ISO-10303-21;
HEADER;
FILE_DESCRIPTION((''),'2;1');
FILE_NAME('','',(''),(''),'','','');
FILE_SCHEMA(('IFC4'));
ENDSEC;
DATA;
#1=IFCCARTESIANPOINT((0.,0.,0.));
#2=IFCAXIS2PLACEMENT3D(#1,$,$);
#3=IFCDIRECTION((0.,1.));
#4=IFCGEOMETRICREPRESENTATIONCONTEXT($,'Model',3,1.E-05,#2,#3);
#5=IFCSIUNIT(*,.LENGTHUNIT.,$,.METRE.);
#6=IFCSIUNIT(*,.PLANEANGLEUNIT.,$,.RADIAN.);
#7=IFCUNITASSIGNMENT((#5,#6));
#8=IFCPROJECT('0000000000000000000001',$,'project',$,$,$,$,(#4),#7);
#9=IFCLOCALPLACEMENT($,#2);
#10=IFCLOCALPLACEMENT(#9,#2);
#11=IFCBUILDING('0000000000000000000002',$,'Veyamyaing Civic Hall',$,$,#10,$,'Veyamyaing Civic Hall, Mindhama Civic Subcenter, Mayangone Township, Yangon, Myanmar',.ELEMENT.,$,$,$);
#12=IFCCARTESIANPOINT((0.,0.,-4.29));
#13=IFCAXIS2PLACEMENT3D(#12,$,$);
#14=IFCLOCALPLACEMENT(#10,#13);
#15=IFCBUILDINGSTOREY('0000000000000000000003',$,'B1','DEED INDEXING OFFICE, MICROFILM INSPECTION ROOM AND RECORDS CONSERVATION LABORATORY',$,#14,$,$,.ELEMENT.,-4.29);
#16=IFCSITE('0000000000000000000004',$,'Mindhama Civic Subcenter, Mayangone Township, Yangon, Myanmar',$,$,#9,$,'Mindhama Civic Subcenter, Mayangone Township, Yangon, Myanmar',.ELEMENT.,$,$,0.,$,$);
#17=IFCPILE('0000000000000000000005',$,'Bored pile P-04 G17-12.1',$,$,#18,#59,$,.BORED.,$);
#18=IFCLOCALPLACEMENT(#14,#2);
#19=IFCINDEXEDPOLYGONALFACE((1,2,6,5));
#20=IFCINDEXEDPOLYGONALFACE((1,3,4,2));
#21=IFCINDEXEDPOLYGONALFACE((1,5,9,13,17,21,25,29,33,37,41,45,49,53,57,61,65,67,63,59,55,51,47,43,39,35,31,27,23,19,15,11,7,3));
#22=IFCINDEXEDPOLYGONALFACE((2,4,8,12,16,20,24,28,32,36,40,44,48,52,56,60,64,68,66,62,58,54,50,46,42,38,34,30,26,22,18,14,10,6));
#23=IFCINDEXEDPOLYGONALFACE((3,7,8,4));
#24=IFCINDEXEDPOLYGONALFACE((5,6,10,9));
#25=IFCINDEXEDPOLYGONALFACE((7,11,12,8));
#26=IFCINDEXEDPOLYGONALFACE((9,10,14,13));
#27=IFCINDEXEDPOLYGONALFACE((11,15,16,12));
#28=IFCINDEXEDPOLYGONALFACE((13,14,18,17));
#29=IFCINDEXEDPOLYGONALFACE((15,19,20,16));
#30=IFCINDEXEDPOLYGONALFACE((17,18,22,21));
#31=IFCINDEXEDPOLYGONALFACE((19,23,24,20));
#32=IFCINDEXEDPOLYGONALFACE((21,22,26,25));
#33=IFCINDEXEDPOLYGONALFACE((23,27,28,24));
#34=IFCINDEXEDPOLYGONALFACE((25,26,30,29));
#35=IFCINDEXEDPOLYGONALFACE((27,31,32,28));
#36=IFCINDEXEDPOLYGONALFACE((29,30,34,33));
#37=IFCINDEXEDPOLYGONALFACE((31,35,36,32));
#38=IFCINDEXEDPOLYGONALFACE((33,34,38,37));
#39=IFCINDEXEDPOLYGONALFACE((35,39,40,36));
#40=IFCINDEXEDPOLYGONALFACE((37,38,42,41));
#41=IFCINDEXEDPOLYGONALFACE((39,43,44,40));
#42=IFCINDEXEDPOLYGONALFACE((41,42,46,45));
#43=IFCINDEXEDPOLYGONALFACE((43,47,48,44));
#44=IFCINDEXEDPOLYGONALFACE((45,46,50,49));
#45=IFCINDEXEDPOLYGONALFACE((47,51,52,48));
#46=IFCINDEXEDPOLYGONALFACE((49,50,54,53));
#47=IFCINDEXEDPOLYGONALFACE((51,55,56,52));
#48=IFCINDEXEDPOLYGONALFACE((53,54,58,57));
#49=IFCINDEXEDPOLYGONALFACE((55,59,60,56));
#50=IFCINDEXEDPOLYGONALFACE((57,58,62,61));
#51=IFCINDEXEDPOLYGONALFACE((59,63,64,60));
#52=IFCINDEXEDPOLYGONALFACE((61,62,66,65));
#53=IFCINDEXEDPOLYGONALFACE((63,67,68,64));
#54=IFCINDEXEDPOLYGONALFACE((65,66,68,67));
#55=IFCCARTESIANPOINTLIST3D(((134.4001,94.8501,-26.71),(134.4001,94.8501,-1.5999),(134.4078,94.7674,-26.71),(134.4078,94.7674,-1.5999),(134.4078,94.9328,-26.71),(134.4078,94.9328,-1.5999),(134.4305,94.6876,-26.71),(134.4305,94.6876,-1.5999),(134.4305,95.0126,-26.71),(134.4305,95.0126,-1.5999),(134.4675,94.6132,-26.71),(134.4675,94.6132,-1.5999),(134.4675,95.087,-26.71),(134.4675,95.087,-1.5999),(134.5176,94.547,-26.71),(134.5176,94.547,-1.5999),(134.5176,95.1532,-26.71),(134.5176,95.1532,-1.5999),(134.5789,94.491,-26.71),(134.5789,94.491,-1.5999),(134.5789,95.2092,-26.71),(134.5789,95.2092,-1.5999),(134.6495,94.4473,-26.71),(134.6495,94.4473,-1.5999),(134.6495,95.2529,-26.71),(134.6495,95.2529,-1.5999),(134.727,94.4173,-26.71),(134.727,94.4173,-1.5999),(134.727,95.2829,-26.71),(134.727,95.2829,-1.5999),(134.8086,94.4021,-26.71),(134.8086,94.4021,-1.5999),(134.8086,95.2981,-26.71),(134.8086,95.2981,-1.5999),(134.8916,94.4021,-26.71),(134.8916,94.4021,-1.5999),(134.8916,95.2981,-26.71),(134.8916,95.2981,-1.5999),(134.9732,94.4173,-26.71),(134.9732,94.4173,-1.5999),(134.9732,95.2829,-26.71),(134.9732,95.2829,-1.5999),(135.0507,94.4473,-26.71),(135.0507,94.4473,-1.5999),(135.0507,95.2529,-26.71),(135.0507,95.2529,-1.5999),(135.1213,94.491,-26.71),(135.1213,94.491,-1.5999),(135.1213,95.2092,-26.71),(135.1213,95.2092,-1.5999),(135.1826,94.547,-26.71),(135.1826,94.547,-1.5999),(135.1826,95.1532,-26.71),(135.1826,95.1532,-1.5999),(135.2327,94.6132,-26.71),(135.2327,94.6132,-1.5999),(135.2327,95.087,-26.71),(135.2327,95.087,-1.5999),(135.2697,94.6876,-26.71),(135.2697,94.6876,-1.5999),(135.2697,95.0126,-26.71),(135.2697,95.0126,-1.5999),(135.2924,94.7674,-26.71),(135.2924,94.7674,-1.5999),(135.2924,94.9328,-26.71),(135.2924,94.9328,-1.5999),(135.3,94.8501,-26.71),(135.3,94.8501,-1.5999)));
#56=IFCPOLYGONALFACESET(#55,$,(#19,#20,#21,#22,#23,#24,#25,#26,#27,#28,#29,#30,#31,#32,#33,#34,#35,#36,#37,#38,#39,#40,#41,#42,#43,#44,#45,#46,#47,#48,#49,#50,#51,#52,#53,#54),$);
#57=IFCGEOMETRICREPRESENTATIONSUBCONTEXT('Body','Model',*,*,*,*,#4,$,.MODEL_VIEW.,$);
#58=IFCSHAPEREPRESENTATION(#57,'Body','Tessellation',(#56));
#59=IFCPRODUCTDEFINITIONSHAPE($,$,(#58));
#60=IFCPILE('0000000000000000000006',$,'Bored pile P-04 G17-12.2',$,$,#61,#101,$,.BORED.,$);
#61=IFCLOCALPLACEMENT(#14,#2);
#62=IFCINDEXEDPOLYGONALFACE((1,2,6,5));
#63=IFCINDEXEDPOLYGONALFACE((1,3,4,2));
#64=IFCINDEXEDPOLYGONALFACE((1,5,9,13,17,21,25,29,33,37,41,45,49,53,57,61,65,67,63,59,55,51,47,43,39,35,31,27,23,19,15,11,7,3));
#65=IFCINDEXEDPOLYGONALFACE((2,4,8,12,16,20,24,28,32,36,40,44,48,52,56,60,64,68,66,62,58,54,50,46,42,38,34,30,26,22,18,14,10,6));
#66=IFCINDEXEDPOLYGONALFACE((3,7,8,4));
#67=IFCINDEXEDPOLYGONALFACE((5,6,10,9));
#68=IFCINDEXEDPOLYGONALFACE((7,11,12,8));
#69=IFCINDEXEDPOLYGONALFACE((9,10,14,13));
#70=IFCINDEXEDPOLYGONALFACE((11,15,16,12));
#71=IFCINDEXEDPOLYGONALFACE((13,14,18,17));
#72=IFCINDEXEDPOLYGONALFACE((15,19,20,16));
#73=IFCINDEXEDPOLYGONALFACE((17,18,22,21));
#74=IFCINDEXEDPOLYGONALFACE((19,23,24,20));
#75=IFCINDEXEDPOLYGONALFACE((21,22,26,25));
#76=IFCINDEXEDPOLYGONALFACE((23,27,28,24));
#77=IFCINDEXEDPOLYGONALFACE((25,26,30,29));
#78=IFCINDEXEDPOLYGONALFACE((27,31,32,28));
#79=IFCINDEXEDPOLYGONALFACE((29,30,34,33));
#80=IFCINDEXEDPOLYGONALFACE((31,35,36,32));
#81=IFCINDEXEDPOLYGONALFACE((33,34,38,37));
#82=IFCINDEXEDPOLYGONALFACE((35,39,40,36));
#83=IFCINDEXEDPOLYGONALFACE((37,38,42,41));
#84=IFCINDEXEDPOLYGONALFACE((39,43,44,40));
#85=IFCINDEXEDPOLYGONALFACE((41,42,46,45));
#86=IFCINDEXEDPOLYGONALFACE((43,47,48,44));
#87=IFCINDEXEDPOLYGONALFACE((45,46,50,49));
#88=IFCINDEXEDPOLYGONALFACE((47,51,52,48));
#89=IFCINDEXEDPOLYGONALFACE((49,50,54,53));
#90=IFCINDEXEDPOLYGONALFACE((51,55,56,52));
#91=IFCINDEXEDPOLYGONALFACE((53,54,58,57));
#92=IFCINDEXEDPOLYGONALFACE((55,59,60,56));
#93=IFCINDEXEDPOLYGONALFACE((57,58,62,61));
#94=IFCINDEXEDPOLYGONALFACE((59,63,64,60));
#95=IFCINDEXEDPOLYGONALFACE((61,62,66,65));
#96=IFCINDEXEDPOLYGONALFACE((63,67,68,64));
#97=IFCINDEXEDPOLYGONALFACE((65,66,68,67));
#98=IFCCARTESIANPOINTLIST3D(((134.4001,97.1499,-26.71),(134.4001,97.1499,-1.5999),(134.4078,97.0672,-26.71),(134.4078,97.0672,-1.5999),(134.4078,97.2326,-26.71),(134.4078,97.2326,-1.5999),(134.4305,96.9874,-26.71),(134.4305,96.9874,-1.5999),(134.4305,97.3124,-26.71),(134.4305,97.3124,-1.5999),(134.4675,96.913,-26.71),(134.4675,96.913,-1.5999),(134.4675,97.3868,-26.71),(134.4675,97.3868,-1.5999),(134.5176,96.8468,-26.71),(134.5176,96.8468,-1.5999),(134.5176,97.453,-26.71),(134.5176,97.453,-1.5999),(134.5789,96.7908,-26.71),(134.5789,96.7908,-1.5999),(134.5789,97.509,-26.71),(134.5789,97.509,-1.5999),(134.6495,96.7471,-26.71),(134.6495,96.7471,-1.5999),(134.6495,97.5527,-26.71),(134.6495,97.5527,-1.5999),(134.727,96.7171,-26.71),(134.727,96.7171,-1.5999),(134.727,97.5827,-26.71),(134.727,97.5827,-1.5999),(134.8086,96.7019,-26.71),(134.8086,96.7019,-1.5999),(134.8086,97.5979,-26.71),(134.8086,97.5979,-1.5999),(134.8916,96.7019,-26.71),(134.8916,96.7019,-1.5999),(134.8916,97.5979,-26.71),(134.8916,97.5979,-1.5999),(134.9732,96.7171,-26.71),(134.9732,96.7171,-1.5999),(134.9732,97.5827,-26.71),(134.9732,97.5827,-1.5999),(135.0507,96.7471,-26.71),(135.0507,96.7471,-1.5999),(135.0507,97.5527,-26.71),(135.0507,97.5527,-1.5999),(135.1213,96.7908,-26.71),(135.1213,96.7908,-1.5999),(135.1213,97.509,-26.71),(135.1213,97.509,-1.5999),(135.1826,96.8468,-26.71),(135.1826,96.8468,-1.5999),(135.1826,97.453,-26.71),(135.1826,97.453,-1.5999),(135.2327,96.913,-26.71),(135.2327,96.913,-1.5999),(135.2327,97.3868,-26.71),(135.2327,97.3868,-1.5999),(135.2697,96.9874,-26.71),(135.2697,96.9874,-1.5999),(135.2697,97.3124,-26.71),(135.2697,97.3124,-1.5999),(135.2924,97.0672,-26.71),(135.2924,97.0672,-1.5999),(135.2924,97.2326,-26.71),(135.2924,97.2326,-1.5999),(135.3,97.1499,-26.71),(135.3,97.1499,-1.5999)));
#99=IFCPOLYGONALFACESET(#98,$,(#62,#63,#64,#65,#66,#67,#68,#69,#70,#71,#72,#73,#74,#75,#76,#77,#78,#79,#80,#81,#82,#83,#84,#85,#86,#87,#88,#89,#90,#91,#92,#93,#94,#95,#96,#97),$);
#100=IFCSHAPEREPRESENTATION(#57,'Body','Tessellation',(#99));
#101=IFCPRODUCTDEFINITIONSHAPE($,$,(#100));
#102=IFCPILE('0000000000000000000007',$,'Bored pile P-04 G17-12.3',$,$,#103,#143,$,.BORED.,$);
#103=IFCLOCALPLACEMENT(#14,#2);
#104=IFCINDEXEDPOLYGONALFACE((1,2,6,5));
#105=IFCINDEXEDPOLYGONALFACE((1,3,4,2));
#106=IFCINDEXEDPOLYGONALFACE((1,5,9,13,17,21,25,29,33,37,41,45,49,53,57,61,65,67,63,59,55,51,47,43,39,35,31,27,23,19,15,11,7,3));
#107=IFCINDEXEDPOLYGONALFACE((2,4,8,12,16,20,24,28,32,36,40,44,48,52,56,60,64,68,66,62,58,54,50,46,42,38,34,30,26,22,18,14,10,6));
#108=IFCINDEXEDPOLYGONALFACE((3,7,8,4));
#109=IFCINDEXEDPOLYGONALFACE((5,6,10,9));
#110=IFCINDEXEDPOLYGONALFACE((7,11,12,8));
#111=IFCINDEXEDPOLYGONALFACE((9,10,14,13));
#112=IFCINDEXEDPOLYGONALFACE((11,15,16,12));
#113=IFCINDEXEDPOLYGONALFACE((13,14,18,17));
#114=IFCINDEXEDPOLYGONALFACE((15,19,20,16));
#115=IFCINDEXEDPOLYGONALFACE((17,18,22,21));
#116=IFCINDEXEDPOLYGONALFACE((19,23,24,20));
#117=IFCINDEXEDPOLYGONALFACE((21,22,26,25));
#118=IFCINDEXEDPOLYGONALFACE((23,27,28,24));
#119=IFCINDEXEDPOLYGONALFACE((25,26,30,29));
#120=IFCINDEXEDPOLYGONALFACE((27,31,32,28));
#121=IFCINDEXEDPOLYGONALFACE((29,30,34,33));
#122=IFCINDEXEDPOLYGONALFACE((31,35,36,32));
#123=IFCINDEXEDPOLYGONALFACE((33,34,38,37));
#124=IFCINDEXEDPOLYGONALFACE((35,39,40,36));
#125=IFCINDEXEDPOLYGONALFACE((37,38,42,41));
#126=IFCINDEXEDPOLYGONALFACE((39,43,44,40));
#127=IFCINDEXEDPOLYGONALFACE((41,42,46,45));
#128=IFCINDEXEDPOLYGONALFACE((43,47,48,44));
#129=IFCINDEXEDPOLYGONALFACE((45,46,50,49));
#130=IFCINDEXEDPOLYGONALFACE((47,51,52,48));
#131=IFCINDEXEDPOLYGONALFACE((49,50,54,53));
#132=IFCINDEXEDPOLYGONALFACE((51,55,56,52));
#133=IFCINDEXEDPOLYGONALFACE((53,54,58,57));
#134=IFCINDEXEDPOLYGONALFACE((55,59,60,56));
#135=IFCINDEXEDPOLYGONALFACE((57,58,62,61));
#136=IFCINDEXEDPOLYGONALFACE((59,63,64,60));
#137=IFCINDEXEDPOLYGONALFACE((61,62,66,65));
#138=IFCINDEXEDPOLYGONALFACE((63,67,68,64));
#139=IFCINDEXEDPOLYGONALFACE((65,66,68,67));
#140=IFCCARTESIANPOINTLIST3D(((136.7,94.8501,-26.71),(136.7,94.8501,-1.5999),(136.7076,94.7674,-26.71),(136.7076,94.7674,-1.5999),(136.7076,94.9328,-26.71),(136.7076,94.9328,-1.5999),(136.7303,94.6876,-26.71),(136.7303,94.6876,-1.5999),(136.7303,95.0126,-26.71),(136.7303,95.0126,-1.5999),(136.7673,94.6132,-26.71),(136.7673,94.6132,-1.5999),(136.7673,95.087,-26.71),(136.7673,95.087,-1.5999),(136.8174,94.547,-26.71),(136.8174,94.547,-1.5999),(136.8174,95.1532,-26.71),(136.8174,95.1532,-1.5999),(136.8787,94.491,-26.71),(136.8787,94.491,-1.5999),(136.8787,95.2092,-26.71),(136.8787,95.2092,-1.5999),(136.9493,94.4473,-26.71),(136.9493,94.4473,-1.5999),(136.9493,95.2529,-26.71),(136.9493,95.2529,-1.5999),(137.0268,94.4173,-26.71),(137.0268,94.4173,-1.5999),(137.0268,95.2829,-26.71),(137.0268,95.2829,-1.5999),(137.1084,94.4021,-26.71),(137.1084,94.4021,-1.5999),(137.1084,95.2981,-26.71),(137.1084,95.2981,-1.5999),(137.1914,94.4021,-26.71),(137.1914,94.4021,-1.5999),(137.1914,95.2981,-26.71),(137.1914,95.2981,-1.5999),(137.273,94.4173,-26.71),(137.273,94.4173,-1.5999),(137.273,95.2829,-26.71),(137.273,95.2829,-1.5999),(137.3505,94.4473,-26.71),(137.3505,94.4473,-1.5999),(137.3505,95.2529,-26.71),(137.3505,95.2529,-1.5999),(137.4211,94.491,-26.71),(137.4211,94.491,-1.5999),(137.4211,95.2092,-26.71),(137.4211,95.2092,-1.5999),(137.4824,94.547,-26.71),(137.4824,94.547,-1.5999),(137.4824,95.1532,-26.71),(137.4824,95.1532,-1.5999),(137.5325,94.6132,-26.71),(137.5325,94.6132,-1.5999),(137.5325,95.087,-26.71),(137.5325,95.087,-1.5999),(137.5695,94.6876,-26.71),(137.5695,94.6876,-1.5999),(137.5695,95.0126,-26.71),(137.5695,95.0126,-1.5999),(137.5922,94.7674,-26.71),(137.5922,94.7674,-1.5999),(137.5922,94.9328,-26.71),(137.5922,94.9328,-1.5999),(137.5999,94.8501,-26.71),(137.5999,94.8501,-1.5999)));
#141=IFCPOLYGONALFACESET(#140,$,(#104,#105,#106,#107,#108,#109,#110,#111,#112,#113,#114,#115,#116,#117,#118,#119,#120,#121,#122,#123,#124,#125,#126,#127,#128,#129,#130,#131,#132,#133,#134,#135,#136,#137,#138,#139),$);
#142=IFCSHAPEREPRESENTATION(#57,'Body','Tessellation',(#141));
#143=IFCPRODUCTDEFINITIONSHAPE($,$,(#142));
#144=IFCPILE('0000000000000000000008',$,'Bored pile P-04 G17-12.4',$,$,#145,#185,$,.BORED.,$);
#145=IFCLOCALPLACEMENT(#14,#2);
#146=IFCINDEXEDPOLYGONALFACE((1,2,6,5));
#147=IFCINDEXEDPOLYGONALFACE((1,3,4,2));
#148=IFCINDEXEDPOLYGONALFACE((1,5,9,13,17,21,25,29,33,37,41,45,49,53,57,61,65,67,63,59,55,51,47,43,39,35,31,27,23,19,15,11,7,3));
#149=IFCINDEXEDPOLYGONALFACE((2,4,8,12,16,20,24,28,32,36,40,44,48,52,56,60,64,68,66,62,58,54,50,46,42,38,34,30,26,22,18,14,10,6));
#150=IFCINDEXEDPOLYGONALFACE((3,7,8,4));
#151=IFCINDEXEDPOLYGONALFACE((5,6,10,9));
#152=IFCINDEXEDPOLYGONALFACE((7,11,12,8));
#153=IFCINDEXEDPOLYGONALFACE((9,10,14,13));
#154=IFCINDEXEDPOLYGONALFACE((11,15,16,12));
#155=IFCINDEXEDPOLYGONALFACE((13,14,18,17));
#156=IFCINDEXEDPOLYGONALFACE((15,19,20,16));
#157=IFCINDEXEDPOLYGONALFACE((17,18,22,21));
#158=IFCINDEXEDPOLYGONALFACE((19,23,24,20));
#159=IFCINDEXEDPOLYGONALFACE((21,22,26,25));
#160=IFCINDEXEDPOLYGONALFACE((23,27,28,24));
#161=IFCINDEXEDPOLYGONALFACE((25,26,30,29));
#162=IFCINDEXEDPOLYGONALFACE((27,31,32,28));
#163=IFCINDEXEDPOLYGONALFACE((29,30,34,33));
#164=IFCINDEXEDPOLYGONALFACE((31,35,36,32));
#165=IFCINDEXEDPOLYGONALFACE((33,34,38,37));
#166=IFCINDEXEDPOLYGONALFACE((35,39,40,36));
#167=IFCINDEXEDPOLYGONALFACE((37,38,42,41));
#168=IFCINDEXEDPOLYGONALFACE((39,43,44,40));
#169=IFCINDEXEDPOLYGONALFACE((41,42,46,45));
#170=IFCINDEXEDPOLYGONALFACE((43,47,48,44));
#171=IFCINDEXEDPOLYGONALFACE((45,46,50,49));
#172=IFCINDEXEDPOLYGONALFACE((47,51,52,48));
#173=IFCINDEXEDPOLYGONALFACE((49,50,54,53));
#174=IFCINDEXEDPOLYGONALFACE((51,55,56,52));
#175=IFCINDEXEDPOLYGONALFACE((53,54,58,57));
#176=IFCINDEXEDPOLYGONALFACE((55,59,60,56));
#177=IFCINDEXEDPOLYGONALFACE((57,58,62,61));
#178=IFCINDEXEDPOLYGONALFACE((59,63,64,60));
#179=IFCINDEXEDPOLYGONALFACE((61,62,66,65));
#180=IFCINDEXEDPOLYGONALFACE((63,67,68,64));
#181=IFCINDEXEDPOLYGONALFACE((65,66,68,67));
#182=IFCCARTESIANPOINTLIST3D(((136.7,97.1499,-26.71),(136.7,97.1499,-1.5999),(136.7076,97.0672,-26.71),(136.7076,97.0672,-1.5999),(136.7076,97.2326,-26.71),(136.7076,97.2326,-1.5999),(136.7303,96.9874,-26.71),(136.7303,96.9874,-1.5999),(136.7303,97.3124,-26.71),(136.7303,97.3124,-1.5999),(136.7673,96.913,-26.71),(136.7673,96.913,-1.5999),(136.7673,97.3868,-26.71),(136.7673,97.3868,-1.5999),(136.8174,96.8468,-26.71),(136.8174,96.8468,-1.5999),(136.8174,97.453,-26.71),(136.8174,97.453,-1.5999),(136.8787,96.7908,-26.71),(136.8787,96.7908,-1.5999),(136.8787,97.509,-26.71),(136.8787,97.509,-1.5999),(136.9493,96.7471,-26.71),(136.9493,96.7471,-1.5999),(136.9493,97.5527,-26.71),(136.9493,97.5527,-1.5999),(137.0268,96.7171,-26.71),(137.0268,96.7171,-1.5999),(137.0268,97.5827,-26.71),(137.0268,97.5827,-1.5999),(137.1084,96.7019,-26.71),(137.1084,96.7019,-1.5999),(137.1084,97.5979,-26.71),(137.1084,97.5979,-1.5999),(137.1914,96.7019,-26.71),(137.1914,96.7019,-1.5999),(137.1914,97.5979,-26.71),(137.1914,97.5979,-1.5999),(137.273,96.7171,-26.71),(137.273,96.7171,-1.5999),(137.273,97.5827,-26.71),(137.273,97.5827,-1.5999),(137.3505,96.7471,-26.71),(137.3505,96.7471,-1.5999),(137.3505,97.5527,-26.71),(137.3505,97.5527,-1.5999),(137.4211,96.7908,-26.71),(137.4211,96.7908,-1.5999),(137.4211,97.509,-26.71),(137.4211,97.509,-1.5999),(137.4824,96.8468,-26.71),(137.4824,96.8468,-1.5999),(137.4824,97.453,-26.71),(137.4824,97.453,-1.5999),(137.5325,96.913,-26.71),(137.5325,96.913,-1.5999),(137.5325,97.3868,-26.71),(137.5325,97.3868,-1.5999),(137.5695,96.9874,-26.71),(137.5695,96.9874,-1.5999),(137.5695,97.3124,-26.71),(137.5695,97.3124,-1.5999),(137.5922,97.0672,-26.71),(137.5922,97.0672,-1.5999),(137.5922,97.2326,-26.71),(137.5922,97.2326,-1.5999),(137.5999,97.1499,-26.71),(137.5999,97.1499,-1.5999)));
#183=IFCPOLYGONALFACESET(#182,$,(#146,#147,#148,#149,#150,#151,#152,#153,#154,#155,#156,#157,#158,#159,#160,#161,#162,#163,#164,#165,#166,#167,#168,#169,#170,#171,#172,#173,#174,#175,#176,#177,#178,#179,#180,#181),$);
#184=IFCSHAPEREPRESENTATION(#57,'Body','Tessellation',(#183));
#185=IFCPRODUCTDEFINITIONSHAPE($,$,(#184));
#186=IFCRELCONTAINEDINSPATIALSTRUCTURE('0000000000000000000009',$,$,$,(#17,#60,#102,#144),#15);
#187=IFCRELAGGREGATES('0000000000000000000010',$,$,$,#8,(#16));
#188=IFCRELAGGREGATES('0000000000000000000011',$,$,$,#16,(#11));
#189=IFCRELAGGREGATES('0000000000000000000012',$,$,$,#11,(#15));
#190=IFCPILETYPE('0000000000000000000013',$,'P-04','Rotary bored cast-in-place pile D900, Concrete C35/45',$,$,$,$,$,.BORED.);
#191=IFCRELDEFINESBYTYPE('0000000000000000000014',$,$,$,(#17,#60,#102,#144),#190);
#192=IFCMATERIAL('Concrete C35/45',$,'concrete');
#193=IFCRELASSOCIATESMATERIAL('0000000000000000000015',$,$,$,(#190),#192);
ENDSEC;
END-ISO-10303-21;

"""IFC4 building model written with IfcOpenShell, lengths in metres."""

from ifc_helpers import new_model, si_unit, direction, frame, origin, origin_2d, place, context, subcontext, project, spatial, circle, extrude, material, material_profile, profile_set, type_object, element, save


model = new_model("IFC4")

# Units and contexts
model_context = context("Model", 3, precision=1e-05, world=origin(), true_north=direction((0.0, 1.0)))
body_context = subcontext(model_context, "Body", "Model", "MODEL_VIEW")
ifc_project = project(units=[si_unit("LENGTHUNIT", "METRE"), si_unit("PLANEANGLEUNIT", "RADIAN")], contexts=[model_context])

# Site, building, storey
site_placement = place(None, origin())
site = spatial("IfcSite", under=ifc_project, at=site_placement, Name="Mindhama Civic Subcenter, Mayangone Township, Yangon, Myanmar", LongName="Mindhama Civic Subcenter, Mayangone Township, Yangon, Myanmar", CompositionType="ELEMENT", RefElevation=0.0)
building_placement = place(site_placement, origin())
building = spatial("IfcBuilding", under=site, at=building_placement, Name="Veyamyaing Civic Hall", LongName="Veyamyaing Civic Hall, Mindhama Civic Subcenter, Mayangone Township, Yangon, Myanmar", CompositionType="ELEMENT")
storey_placement = place(building_placement, frame((0.0, 0.0, -4.29)))
storey = spatial("IfcBuildingStorey", under=building, at=storey_placement, Name="B1", Description="DEED INDEXING OFFICE, MICROFILM INSPECTION ROOM AND RECORDS CONSERVATION LABORATORY", CompositionType="ELEMENT", Elevation=-4.29)

# Piles
ifc_material_1 = material(Name="Concrete C35/45", Category="concrete")
ifc_material_profile_1 = material_profile(ifc_material_1, circle(Radius=0.45, at=origin_2d()), Name="PILE-D900")
ifc_profile_set_1 = profile_set([ifc_material_profile_1], Name="Concrete C35/45")
pile_type = type_object("IfcPileType", Name="P-04", Description="Rotary bored cast-in-place pile D900, Concrete C35/45", PredefinedType="BORED", material=ifc_profile_set_1)
for number, where, z_axis, x_axis, name in (
    (1, (134.8501, 94.8501, -1.5999), (0.0, 0.0, -1.0), (1.0, 0.0, 0.0), "Bored pile P-04 G17-12.1"),
    (2, (134.8501, 97.1499, -1.5999), (0.0, 0.0, -1.0), (1.0, 0.0, 0.0), "Bored pile P-04 G17-12.2"),
    (3, (137.1499, 94.8501, -1.5999), (0.0, 0.0, -1.0), (1.0, 0.0, 0.0), "Bored pile P-04 G17-12.3"),
    (4, (137.1499, 97.1499, -1.5999), (0.0, 0.0, -1.0), (1.0, 0.0, 0.0), "Bored pile P-04 G17-12.4"),
):
    element("IfcPile", number, at=place(storey_placement, frame(where, z_axis=z_axis, x_axis=x_axis)), inside=storey, type_object=pile_type, Name=name, PredefinedType="BORED", context=body_context, shape_type="SweptSolid", body=[
        extrude(circle(Radius=0.45, at=origin_2d()), origin(), (0.0, 0.0, 1.0), 25.1101),
    ])

save(model, "model.ifc")
